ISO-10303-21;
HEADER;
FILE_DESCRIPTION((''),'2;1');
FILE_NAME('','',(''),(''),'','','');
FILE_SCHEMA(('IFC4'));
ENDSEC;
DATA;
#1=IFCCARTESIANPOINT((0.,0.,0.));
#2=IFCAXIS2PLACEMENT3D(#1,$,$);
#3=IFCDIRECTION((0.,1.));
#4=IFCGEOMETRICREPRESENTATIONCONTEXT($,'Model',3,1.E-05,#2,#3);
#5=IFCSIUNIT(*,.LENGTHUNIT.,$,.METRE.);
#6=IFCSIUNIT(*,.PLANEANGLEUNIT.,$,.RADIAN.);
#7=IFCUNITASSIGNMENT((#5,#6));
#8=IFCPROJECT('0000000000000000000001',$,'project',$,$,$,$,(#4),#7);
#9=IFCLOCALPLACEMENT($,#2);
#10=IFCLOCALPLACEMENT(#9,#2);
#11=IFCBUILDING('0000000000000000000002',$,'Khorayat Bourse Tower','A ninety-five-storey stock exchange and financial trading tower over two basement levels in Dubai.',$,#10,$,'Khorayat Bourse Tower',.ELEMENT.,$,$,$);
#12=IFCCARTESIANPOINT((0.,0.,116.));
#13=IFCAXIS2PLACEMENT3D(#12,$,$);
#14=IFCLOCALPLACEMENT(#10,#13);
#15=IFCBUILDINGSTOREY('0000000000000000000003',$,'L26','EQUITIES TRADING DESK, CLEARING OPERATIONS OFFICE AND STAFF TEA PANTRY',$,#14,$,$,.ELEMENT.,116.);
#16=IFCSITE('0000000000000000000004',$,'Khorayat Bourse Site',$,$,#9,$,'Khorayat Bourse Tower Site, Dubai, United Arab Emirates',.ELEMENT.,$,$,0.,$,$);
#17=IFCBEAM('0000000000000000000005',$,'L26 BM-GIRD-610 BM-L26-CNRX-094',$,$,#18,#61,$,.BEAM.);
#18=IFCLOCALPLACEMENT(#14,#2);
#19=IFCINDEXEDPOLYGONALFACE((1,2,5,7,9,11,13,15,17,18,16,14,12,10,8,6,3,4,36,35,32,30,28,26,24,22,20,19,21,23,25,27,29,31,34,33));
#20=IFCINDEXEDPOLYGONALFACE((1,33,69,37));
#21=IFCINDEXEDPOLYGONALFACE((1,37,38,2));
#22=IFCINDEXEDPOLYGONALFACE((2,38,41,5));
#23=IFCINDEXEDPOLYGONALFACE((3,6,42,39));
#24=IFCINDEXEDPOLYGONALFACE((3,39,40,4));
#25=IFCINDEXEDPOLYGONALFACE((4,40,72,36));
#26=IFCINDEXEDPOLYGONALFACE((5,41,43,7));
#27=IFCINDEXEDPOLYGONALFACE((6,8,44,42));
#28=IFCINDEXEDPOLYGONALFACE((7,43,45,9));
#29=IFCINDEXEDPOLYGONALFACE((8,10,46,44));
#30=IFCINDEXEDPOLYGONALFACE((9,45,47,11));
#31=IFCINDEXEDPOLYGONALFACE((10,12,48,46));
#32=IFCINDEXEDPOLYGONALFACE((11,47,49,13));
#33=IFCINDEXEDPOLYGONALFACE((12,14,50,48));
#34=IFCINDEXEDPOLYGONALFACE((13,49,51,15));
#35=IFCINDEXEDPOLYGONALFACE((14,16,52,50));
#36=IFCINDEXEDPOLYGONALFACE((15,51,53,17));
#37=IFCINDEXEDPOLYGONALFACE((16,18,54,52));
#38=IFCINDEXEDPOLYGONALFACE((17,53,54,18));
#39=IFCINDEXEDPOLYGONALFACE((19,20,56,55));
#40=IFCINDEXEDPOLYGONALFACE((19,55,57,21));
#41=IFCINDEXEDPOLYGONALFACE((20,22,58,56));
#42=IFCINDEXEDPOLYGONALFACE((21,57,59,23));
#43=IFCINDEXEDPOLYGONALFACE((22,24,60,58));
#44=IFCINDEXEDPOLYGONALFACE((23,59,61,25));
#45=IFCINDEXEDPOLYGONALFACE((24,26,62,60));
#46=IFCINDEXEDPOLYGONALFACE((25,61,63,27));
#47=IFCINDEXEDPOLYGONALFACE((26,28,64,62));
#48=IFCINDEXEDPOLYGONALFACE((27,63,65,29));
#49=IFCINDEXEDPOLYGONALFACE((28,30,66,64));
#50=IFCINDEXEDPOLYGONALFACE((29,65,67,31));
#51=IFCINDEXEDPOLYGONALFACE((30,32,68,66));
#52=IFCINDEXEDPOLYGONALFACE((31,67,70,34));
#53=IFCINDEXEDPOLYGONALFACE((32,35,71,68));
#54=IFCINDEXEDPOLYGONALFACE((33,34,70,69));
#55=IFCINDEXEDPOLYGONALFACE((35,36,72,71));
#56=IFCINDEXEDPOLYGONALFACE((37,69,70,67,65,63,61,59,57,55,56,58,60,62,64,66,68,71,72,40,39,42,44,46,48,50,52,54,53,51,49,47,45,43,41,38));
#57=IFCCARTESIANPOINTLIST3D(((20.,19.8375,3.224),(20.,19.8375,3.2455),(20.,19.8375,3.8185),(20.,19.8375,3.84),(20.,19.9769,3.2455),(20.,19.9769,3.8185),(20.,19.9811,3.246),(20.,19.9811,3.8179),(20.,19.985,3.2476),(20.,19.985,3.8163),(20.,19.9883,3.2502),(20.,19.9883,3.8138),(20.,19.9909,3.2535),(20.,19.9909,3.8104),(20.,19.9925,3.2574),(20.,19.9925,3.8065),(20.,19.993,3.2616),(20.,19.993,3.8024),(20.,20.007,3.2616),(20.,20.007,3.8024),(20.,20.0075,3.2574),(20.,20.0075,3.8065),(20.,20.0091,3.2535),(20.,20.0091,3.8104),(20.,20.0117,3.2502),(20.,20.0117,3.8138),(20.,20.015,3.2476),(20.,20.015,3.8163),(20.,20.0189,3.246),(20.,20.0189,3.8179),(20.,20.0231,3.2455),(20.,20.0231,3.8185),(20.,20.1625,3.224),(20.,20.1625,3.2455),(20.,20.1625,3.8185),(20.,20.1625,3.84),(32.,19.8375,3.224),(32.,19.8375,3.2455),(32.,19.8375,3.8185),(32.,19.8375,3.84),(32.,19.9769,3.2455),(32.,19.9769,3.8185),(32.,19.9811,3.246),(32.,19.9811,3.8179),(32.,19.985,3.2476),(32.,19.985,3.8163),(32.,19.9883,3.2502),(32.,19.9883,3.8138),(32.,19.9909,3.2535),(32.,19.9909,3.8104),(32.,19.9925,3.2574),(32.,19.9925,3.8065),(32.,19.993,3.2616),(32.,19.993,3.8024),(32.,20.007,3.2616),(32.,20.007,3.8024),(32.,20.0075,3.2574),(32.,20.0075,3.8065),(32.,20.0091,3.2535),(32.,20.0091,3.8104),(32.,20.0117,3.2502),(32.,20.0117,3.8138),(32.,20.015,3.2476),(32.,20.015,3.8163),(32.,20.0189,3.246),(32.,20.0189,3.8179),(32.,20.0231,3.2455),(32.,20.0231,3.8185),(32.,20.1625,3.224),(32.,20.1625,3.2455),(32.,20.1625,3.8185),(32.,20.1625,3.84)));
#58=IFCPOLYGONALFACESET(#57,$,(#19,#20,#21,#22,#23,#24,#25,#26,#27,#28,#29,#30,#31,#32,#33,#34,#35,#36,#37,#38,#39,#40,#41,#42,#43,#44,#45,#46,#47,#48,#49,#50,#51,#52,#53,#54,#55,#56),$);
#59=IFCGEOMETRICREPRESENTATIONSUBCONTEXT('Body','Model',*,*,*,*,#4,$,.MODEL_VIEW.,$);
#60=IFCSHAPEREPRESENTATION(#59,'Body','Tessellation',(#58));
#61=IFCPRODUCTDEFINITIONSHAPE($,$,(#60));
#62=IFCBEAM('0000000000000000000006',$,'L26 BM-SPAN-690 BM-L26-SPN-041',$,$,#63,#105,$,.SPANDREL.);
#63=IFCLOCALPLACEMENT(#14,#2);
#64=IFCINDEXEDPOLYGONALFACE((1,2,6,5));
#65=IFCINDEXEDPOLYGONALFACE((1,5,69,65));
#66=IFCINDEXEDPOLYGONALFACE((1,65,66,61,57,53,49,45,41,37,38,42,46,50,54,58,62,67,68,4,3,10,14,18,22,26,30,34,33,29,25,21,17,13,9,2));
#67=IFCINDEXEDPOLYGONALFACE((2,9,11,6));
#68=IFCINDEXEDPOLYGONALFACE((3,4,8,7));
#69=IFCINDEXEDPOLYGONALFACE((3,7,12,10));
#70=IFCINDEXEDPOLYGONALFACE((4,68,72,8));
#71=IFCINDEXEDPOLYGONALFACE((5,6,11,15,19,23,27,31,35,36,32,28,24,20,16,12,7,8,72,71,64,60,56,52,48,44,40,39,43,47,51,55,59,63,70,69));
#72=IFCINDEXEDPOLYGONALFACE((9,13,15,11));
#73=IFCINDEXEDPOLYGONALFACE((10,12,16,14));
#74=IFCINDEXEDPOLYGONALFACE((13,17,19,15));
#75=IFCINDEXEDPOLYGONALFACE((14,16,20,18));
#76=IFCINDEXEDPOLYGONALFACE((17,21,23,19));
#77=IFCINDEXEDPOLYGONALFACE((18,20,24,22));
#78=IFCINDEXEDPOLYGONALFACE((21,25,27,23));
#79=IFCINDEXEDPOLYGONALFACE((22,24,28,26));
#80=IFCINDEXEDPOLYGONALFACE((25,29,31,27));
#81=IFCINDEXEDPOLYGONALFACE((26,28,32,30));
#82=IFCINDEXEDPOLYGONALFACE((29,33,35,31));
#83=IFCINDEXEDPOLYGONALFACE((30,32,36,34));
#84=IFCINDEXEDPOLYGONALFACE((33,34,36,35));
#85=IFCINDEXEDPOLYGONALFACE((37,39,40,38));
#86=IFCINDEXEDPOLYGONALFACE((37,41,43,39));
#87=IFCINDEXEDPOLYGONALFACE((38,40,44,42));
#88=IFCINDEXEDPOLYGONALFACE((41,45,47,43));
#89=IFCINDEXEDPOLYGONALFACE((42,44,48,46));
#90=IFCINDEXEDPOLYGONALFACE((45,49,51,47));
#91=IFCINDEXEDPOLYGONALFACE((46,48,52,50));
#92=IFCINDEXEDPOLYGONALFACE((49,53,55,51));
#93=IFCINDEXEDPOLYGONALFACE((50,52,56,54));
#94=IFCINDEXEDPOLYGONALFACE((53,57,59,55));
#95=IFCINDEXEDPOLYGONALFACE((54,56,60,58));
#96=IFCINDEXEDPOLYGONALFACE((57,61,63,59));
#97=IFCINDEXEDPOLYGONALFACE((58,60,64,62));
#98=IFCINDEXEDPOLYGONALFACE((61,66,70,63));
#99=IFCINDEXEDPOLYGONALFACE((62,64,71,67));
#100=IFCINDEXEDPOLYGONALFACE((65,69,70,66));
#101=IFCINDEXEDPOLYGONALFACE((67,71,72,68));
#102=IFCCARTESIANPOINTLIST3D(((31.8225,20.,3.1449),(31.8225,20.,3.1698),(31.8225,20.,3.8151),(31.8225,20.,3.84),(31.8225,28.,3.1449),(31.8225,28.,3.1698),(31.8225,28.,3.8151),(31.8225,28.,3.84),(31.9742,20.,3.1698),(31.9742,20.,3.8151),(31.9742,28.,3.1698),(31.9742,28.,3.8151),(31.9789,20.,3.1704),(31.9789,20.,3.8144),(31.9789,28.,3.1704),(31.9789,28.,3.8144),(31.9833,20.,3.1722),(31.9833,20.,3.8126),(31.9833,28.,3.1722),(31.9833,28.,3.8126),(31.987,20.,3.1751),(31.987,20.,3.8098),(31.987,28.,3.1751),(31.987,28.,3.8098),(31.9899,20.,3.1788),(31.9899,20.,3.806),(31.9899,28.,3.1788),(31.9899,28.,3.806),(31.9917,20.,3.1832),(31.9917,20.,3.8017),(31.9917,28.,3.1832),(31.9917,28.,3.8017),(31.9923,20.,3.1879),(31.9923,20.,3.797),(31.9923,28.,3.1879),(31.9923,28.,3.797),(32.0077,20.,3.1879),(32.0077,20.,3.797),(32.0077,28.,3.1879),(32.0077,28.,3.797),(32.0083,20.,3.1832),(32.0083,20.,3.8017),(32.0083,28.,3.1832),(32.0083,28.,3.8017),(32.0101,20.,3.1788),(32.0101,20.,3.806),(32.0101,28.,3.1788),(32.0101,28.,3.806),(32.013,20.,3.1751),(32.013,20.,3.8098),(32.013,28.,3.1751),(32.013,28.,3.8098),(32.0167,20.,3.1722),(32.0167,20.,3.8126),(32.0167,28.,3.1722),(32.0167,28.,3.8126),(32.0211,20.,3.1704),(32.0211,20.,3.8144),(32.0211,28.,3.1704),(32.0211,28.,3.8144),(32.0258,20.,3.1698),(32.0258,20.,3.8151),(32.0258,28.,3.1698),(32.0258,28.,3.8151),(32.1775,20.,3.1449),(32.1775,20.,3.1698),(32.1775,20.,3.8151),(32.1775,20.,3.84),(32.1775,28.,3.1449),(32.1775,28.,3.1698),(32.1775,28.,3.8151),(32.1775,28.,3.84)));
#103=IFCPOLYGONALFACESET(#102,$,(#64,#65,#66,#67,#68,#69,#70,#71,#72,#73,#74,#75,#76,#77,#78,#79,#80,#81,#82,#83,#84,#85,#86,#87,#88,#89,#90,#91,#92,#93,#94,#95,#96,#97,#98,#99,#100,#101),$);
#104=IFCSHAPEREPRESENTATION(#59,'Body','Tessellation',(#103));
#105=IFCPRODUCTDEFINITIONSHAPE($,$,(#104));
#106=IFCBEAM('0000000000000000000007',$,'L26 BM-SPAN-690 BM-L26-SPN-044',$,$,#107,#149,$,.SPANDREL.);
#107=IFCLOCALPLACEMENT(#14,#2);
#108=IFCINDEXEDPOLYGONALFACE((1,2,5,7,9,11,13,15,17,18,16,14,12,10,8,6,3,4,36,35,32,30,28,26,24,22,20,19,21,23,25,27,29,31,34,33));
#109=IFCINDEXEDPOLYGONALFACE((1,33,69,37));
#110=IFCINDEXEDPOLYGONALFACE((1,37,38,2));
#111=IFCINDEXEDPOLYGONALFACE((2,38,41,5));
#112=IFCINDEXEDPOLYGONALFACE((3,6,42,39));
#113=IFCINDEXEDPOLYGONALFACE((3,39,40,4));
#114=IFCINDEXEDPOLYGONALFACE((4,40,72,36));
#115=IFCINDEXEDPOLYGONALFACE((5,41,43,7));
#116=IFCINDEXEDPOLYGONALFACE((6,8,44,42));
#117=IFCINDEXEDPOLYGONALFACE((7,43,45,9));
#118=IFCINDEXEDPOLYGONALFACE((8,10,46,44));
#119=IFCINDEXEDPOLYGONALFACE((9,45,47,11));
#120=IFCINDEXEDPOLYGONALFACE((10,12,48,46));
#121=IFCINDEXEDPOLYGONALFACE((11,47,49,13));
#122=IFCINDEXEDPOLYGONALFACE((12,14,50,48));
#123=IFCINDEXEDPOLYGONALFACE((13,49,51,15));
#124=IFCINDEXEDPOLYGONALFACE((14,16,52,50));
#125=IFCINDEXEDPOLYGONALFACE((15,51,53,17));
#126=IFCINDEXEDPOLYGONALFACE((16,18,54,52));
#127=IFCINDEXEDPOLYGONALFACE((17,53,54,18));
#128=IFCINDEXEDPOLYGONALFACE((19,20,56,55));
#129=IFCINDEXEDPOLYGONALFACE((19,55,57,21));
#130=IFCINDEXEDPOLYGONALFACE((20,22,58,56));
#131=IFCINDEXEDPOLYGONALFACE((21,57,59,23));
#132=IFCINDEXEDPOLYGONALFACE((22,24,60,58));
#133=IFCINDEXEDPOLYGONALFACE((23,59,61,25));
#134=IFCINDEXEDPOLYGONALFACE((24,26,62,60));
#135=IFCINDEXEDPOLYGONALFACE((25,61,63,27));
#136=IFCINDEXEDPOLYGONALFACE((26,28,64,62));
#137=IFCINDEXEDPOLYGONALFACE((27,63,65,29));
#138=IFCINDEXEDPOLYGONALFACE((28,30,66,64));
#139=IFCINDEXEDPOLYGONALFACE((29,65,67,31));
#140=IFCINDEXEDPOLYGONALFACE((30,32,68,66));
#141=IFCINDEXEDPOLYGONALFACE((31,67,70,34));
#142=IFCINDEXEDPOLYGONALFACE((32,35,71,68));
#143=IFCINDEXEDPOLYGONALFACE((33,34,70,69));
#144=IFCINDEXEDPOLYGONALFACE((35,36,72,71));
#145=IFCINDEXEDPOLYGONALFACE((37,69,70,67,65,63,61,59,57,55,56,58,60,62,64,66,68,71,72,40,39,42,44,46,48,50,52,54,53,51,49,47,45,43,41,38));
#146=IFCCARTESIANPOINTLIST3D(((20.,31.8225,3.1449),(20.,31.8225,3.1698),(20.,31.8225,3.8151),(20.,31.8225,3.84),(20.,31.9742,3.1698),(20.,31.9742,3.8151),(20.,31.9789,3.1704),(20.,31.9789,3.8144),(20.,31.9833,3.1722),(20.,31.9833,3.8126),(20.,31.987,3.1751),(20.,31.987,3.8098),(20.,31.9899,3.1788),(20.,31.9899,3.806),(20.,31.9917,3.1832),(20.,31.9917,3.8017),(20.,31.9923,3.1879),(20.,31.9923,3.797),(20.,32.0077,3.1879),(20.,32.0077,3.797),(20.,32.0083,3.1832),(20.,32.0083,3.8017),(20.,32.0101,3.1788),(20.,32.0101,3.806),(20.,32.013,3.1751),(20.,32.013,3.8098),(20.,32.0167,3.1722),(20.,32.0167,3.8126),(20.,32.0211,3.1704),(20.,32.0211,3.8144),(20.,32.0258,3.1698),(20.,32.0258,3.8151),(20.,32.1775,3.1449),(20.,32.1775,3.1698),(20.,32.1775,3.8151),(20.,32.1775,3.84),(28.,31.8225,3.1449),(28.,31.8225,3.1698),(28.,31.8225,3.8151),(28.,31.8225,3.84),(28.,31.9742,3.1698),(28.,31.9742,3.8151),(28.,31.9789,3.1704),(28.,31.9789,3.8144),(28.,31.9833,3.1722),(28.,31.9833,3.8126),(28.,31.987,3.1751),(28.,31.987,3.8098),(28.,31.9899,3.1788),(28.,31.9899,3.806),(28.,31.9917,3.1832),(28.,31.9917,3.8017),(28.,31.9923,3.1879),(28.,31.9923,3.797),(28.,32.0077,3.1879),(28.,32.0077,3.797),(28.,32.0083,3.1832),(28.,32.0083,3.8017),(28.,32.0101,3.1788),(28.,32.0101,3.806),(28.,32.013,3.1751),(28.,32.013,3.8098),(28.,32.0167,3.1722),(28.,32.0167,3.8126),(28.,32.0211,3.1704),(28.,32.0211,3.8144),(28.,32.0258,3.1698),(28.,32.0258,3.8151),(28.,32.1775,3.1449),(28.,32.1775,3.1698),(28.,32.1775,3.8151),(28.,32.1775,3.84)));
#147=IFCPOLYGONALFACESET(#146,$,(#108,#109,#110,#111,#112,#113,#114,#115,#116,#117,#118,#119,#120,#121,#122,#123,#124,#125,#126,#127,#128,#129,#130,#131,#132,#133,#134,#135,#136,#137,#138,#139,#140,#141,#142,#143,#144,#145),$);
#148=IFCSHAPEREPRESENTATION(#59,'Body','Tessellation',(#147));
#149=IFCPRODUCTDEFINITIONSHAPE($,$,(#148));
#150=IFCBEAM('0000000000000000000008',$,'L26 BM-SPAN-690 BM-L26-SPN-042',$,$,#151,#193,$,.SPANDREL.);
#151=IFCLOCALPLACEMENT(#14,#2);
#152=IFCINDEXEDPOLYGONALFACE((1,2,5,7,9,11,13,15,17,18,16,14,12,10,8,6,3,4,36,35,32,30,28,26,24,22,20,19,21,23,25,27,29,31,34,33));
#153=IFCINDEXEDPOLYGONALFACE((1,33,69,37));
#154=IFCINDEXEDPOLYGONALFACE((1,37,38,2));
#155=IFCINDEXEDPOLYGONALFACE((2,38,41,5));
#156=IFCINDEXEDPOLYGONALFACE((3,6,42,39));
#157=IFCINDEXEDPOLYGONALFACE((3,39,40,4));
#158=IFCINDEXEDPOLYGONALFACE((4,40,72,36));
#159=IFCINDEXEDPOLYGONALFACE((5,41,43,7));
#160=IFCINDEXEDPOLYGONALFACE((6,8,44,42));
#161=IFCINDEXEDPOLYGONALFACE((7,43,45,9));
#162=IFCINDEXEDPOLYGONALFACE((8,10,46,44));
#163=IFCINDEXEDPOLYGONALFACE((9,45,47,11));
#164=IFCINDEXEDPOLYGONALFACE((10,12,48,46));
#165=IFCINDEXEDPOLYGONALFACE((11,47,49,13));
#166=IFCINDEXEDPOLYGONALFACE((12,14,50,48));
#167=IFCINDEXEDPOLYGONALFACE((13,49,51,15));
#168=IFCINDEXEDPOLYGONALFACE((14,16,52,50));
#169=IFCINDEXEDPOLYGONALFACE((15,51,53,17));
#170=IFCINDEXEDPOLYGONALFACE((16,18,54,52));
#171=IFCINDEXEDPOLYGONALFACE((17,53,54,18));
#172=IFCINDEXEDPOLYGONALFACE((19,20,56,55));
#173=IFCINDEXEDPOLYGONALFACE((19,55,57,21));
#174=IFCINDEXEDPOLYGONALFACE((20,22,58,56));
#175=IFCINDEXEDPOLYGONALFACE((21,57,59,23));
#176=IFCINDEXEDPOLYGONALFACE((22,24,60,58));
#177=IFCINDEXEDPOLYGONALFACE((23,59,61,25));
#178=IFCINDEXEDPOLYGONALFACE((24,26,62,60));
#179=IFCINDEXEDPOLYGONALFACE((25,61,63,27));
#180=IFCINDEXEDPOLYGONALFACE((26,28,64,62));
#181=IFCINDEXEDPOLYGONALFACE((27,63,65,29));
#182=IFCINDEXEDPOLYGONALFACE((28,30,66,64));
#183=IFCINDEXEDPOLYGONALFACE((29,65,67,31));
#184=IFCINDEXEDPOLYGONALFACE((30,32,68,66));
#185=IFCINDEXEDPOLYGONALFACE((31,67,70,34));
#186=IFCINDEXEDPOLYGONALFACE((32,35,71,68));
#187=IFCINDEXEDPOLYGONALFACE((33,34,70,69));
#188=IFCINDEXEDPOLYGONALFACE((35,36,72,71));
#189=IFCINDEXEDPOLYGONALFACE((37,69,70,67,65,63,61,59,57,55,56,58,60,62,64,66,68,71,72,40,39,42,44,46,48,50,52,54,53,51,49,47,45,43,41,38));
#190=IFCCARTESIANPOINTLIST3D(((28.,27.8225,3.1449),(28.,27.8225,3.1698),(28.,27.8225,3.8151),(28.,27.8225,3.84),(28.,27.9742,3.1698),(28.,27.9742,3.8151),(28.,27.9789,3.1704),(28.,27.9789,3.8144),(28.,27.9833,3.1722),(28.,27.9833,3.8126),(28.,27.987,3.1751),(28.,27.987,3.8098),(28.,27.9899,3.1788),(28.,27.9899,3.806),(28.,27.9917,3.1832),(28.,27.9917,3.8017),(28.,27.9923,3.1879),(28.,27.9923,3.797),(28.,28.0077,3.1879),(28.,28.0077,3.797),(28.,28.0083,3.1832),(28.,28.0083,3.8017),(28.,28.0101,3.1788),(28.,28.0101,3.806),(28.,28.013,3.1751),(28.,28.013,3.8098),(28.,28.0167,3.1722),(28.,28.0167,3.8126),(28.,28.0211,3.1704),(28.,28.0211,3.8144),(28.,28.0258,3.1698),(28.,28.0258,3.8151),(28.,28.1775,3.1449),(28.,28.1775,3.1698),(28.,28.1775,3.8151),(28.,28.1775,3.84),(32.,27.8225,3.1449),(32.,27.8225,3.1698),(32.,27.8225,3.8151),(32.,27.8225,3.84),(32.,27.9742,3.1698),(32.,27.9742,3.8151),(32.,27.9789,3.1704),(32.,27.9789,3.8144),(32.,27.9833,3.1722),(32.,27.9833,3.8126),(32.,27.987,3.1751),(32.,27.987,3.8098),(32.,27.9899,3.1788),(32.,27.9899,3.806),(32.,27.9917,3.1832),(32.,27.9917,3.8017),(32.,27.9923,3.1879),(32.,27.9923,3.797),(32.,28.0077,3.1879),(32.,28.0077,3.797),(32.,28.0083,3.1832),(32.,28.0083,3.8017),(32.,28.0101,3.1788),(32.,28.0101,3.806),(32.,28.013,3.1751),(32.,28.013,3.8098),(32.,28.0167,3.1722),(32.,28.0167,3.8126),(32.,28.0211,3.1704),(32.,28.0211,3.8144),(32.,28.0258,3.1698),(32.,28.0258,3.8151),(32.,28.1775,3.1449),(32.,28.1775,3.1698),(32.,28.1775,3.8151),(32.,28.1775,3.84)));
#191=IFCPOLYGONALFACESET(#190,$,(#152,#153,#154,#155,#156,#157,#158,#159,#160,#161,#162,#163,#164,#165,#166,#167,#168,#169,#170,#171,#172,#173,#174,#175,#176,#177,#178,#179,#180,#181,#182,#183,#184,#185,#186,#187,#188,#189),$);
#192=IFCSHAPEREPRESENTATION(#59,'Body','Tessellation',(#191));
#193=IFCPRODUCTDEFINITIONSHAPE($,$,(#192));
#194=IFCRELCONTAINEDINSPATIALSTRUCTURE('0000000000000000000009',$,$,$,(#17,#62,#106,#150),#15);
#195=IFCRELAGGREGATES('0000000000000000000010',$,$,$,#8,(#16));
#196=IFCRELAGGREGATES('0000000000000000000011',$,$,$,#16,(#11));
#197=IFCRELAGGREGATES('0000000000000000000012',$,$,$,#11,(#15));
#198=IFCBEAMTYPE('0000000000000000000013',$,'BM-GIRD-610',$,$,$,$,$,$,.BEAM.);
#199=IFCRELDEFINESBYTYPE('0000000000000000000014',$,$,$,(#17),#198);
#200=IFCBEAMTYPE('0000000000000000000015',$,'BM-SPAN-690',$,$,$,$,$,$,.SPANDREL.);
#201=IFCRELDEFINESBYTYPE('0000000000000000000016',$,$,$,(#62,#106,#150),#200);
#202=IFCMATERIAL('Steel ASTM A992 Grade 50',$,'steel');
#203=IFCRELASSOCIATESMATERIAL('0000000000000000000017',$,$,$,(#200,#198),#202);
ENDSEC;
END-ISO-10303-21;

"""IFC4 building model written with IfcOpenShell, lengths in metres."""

from ifc_helpers import new_model, si_unit, direction, frame, origin, origin_2d, place, context, subcontext, project, spatial, i_section, extrude, source, transform, mapped, material, material_profile, profile_set, type_object, element, save


model = new_model("IFC4")

# Units and contexts
model_context = context("Model", 3, precision=1e-05, world=origin(), true_north=direction((0.0, 1.0)))
body_context = subcontext(model_context, "Body", "Model", "MODEL_VIEW")
ifc_project = project(units=[si_unit("LENGTHUNIT", "METRE"), si_unit("PLANEANGLEUNIT", "RADIAN")], contexts=[model_context])

# Site, building, storey
site_placement = place(None, origin())
site = spatial("IfcSite", under=ifc_project, at=site_placement, Name="Khorayat Bourse Site", LongName="Khorayat Bourse Tower Site, Dubai, United Arab Emirates", CompositionType="ELEMENT", RefElevation=0.0)
building_placement = place(site_placement, origin())
building = spatial("IfcBuilding", under=site, at=building_placement, Name="Khorayat Bourse Tower", Description="A ninety-five-storey stock exchange and financial trading tower over two basement levels in Dubai.", LongName="Khorayat Bourse Tower", CompositionType="ELEMENT")
storey_placement = place(building_placement, frame((0.0, 0.0, 116.0)))
storey = spatial("IfcBuildingStorey", under=building, at=storey_placement, Name="L26", Description="EQUITIES TRADING DESK, CLEARING OPERATIONS OFFICE AND STAFF TEA PANTRY", CompositionType="ELEMENT", Elevation=116.0)

# Beams
ifc_material_1 = material(Name="Steel ASTM A992 Grade 50", Category="steel")
ifc_material_profile_1 = material_profile(ifc_material_1, i_section(OverallWidth=0.355, OverallDepth=0.6951, WebThickness=0.0154, FlangeThickness=0.0249, FilletRadius=0.0181, at=origin_2d()), Name="W690X217")
ifc_profile_set_1 = profile_set([ifc_material_profile_1], Name="Steel ASTM A992 Grade 50")
beam_type_1 = type_object("IfcBeamType", Name="BM-SPAN-690", PredefinedType="SPANDREL", material=ifc_profile_set_1)
ifc_material_profile_2 = material_profile(ifc_material_1, i_section(OverallWidth=0.325, OverallDepth=0.616, WebThickness=0.0139, FlangeThickness=0.0215, FilletRadius=0.0161, at=origin_2d()), Name="W610X174")
ifc_profile_set_2 = profile_set([ifc_material_profile_2], Name="Steel ASTM A992 Grade 50")
beam_type_2 = type_object("IfcBeamType", Name="BM-GIRD-610", PredefinedType="BEAM", material=ifc_profile_set_2)
shared_shape_1 = source(origin(), body_context, "Body", "SweptSolid", [
    extrude(i_section(OverallWidth=0.325, OverallDepth=0.616, WebThickness=0.0139, FlangeThickness=0.0215, FilletRadius=0.0161, at=origin_2d()), origin(), (0.0, 0.0, 1.0), 12.0),
])
beam_1_placement = place(storey_placement, frame((20.0, 20.0, 3.532), z_axis=(1.0, 0.0, 0.0), x_axis=(0.0, 1.0, 0.0)))
element("IfcBeam", 1, at=beam_1_placement, inside=storey, type_object=beam_type_2, Name="L26 BM-GIRD-610 BM-L26-CNRX-094", PredefinedType="BEAM", context=body_context, shape_type="MappedRepresentation", body=[
    mapped(shared_shape_1, transform((0.0, 0.0, 0.0), scale=1.0)),
])
shared_shape_2 = source(origin(), body_context, "Body", "SweptSolid", [
    extrude(i_section(OverallWidth=0.355, OverallDepth=0.6951, WebThickness=0.0154, FlangeThickness=0.0249, FilletRadius=0.0181, at=origin_2d()), origin(), (0.0, 0.0, 1.0), 8.0),
])
for number, where, z_axis, x_axis, name in (
    (2, (32.0, 20.0, 3.4924), (0.0, 1.0, 0.0), (-1.0, 0.0, 0.0), "L26 BM-SPAN-690 BM-L26-SPN-041"),
    (3, (20.0, 32.0, 3.4924), (1.0, 0.0, 0.0), (0.0, 1.0, 0.0), "L26 BM-SPAN-690 BM-L26-SPN-044"),
):
    element("IfcBeam", number, at=place(storey_placement, frame(where, z_axis=z_axis, x_axis=x_axis)), inside=storey, type_object=beam_type_1, Name=name, PredefinedType="SPANDREL", context=body_context, shape_type="MappedRepresentation", body=[
        mapped(shared_shape_2, transform((0.0, 0.0, 0.0), scale=1.0)),
    ])
shared_shape_3 = source(origin(), body_context, "Body", "SweptSolid", [
    extrude(i_section(OverallWidth=0.355, OverallDepth=0.6951, WebThickness=0.0154, FlangeThickness=0.0249, FilletRadius=0.0181, at=origin_2d()), origin(), (0.0, 0.0, 1.0), 4.0),
])
for number, where, z_axis, x_axis, name in (
    (4, (28.0, 28.0, 3.4924), (1.0, 0.0, 0.0), (0.0, 1.0, 0.0), "L26 BM-SPAN-690 BM-L26-SPN-042"),
):
    element("IfcBeam", number, at=place(storey_placement, frame(where, z_axis=z_axis, x_axis=x_axis)), inside=storey, type_object=beam_type_1, Name=name, PredefinedType="SPANDREL", context=body_context, shape_type="MappedRepresentation", body=[
        mapped(shared_shape_3, transform((0.0, 0.0, 0.0), scale=1.0)),
    ])

save(model, "model.ifc")
